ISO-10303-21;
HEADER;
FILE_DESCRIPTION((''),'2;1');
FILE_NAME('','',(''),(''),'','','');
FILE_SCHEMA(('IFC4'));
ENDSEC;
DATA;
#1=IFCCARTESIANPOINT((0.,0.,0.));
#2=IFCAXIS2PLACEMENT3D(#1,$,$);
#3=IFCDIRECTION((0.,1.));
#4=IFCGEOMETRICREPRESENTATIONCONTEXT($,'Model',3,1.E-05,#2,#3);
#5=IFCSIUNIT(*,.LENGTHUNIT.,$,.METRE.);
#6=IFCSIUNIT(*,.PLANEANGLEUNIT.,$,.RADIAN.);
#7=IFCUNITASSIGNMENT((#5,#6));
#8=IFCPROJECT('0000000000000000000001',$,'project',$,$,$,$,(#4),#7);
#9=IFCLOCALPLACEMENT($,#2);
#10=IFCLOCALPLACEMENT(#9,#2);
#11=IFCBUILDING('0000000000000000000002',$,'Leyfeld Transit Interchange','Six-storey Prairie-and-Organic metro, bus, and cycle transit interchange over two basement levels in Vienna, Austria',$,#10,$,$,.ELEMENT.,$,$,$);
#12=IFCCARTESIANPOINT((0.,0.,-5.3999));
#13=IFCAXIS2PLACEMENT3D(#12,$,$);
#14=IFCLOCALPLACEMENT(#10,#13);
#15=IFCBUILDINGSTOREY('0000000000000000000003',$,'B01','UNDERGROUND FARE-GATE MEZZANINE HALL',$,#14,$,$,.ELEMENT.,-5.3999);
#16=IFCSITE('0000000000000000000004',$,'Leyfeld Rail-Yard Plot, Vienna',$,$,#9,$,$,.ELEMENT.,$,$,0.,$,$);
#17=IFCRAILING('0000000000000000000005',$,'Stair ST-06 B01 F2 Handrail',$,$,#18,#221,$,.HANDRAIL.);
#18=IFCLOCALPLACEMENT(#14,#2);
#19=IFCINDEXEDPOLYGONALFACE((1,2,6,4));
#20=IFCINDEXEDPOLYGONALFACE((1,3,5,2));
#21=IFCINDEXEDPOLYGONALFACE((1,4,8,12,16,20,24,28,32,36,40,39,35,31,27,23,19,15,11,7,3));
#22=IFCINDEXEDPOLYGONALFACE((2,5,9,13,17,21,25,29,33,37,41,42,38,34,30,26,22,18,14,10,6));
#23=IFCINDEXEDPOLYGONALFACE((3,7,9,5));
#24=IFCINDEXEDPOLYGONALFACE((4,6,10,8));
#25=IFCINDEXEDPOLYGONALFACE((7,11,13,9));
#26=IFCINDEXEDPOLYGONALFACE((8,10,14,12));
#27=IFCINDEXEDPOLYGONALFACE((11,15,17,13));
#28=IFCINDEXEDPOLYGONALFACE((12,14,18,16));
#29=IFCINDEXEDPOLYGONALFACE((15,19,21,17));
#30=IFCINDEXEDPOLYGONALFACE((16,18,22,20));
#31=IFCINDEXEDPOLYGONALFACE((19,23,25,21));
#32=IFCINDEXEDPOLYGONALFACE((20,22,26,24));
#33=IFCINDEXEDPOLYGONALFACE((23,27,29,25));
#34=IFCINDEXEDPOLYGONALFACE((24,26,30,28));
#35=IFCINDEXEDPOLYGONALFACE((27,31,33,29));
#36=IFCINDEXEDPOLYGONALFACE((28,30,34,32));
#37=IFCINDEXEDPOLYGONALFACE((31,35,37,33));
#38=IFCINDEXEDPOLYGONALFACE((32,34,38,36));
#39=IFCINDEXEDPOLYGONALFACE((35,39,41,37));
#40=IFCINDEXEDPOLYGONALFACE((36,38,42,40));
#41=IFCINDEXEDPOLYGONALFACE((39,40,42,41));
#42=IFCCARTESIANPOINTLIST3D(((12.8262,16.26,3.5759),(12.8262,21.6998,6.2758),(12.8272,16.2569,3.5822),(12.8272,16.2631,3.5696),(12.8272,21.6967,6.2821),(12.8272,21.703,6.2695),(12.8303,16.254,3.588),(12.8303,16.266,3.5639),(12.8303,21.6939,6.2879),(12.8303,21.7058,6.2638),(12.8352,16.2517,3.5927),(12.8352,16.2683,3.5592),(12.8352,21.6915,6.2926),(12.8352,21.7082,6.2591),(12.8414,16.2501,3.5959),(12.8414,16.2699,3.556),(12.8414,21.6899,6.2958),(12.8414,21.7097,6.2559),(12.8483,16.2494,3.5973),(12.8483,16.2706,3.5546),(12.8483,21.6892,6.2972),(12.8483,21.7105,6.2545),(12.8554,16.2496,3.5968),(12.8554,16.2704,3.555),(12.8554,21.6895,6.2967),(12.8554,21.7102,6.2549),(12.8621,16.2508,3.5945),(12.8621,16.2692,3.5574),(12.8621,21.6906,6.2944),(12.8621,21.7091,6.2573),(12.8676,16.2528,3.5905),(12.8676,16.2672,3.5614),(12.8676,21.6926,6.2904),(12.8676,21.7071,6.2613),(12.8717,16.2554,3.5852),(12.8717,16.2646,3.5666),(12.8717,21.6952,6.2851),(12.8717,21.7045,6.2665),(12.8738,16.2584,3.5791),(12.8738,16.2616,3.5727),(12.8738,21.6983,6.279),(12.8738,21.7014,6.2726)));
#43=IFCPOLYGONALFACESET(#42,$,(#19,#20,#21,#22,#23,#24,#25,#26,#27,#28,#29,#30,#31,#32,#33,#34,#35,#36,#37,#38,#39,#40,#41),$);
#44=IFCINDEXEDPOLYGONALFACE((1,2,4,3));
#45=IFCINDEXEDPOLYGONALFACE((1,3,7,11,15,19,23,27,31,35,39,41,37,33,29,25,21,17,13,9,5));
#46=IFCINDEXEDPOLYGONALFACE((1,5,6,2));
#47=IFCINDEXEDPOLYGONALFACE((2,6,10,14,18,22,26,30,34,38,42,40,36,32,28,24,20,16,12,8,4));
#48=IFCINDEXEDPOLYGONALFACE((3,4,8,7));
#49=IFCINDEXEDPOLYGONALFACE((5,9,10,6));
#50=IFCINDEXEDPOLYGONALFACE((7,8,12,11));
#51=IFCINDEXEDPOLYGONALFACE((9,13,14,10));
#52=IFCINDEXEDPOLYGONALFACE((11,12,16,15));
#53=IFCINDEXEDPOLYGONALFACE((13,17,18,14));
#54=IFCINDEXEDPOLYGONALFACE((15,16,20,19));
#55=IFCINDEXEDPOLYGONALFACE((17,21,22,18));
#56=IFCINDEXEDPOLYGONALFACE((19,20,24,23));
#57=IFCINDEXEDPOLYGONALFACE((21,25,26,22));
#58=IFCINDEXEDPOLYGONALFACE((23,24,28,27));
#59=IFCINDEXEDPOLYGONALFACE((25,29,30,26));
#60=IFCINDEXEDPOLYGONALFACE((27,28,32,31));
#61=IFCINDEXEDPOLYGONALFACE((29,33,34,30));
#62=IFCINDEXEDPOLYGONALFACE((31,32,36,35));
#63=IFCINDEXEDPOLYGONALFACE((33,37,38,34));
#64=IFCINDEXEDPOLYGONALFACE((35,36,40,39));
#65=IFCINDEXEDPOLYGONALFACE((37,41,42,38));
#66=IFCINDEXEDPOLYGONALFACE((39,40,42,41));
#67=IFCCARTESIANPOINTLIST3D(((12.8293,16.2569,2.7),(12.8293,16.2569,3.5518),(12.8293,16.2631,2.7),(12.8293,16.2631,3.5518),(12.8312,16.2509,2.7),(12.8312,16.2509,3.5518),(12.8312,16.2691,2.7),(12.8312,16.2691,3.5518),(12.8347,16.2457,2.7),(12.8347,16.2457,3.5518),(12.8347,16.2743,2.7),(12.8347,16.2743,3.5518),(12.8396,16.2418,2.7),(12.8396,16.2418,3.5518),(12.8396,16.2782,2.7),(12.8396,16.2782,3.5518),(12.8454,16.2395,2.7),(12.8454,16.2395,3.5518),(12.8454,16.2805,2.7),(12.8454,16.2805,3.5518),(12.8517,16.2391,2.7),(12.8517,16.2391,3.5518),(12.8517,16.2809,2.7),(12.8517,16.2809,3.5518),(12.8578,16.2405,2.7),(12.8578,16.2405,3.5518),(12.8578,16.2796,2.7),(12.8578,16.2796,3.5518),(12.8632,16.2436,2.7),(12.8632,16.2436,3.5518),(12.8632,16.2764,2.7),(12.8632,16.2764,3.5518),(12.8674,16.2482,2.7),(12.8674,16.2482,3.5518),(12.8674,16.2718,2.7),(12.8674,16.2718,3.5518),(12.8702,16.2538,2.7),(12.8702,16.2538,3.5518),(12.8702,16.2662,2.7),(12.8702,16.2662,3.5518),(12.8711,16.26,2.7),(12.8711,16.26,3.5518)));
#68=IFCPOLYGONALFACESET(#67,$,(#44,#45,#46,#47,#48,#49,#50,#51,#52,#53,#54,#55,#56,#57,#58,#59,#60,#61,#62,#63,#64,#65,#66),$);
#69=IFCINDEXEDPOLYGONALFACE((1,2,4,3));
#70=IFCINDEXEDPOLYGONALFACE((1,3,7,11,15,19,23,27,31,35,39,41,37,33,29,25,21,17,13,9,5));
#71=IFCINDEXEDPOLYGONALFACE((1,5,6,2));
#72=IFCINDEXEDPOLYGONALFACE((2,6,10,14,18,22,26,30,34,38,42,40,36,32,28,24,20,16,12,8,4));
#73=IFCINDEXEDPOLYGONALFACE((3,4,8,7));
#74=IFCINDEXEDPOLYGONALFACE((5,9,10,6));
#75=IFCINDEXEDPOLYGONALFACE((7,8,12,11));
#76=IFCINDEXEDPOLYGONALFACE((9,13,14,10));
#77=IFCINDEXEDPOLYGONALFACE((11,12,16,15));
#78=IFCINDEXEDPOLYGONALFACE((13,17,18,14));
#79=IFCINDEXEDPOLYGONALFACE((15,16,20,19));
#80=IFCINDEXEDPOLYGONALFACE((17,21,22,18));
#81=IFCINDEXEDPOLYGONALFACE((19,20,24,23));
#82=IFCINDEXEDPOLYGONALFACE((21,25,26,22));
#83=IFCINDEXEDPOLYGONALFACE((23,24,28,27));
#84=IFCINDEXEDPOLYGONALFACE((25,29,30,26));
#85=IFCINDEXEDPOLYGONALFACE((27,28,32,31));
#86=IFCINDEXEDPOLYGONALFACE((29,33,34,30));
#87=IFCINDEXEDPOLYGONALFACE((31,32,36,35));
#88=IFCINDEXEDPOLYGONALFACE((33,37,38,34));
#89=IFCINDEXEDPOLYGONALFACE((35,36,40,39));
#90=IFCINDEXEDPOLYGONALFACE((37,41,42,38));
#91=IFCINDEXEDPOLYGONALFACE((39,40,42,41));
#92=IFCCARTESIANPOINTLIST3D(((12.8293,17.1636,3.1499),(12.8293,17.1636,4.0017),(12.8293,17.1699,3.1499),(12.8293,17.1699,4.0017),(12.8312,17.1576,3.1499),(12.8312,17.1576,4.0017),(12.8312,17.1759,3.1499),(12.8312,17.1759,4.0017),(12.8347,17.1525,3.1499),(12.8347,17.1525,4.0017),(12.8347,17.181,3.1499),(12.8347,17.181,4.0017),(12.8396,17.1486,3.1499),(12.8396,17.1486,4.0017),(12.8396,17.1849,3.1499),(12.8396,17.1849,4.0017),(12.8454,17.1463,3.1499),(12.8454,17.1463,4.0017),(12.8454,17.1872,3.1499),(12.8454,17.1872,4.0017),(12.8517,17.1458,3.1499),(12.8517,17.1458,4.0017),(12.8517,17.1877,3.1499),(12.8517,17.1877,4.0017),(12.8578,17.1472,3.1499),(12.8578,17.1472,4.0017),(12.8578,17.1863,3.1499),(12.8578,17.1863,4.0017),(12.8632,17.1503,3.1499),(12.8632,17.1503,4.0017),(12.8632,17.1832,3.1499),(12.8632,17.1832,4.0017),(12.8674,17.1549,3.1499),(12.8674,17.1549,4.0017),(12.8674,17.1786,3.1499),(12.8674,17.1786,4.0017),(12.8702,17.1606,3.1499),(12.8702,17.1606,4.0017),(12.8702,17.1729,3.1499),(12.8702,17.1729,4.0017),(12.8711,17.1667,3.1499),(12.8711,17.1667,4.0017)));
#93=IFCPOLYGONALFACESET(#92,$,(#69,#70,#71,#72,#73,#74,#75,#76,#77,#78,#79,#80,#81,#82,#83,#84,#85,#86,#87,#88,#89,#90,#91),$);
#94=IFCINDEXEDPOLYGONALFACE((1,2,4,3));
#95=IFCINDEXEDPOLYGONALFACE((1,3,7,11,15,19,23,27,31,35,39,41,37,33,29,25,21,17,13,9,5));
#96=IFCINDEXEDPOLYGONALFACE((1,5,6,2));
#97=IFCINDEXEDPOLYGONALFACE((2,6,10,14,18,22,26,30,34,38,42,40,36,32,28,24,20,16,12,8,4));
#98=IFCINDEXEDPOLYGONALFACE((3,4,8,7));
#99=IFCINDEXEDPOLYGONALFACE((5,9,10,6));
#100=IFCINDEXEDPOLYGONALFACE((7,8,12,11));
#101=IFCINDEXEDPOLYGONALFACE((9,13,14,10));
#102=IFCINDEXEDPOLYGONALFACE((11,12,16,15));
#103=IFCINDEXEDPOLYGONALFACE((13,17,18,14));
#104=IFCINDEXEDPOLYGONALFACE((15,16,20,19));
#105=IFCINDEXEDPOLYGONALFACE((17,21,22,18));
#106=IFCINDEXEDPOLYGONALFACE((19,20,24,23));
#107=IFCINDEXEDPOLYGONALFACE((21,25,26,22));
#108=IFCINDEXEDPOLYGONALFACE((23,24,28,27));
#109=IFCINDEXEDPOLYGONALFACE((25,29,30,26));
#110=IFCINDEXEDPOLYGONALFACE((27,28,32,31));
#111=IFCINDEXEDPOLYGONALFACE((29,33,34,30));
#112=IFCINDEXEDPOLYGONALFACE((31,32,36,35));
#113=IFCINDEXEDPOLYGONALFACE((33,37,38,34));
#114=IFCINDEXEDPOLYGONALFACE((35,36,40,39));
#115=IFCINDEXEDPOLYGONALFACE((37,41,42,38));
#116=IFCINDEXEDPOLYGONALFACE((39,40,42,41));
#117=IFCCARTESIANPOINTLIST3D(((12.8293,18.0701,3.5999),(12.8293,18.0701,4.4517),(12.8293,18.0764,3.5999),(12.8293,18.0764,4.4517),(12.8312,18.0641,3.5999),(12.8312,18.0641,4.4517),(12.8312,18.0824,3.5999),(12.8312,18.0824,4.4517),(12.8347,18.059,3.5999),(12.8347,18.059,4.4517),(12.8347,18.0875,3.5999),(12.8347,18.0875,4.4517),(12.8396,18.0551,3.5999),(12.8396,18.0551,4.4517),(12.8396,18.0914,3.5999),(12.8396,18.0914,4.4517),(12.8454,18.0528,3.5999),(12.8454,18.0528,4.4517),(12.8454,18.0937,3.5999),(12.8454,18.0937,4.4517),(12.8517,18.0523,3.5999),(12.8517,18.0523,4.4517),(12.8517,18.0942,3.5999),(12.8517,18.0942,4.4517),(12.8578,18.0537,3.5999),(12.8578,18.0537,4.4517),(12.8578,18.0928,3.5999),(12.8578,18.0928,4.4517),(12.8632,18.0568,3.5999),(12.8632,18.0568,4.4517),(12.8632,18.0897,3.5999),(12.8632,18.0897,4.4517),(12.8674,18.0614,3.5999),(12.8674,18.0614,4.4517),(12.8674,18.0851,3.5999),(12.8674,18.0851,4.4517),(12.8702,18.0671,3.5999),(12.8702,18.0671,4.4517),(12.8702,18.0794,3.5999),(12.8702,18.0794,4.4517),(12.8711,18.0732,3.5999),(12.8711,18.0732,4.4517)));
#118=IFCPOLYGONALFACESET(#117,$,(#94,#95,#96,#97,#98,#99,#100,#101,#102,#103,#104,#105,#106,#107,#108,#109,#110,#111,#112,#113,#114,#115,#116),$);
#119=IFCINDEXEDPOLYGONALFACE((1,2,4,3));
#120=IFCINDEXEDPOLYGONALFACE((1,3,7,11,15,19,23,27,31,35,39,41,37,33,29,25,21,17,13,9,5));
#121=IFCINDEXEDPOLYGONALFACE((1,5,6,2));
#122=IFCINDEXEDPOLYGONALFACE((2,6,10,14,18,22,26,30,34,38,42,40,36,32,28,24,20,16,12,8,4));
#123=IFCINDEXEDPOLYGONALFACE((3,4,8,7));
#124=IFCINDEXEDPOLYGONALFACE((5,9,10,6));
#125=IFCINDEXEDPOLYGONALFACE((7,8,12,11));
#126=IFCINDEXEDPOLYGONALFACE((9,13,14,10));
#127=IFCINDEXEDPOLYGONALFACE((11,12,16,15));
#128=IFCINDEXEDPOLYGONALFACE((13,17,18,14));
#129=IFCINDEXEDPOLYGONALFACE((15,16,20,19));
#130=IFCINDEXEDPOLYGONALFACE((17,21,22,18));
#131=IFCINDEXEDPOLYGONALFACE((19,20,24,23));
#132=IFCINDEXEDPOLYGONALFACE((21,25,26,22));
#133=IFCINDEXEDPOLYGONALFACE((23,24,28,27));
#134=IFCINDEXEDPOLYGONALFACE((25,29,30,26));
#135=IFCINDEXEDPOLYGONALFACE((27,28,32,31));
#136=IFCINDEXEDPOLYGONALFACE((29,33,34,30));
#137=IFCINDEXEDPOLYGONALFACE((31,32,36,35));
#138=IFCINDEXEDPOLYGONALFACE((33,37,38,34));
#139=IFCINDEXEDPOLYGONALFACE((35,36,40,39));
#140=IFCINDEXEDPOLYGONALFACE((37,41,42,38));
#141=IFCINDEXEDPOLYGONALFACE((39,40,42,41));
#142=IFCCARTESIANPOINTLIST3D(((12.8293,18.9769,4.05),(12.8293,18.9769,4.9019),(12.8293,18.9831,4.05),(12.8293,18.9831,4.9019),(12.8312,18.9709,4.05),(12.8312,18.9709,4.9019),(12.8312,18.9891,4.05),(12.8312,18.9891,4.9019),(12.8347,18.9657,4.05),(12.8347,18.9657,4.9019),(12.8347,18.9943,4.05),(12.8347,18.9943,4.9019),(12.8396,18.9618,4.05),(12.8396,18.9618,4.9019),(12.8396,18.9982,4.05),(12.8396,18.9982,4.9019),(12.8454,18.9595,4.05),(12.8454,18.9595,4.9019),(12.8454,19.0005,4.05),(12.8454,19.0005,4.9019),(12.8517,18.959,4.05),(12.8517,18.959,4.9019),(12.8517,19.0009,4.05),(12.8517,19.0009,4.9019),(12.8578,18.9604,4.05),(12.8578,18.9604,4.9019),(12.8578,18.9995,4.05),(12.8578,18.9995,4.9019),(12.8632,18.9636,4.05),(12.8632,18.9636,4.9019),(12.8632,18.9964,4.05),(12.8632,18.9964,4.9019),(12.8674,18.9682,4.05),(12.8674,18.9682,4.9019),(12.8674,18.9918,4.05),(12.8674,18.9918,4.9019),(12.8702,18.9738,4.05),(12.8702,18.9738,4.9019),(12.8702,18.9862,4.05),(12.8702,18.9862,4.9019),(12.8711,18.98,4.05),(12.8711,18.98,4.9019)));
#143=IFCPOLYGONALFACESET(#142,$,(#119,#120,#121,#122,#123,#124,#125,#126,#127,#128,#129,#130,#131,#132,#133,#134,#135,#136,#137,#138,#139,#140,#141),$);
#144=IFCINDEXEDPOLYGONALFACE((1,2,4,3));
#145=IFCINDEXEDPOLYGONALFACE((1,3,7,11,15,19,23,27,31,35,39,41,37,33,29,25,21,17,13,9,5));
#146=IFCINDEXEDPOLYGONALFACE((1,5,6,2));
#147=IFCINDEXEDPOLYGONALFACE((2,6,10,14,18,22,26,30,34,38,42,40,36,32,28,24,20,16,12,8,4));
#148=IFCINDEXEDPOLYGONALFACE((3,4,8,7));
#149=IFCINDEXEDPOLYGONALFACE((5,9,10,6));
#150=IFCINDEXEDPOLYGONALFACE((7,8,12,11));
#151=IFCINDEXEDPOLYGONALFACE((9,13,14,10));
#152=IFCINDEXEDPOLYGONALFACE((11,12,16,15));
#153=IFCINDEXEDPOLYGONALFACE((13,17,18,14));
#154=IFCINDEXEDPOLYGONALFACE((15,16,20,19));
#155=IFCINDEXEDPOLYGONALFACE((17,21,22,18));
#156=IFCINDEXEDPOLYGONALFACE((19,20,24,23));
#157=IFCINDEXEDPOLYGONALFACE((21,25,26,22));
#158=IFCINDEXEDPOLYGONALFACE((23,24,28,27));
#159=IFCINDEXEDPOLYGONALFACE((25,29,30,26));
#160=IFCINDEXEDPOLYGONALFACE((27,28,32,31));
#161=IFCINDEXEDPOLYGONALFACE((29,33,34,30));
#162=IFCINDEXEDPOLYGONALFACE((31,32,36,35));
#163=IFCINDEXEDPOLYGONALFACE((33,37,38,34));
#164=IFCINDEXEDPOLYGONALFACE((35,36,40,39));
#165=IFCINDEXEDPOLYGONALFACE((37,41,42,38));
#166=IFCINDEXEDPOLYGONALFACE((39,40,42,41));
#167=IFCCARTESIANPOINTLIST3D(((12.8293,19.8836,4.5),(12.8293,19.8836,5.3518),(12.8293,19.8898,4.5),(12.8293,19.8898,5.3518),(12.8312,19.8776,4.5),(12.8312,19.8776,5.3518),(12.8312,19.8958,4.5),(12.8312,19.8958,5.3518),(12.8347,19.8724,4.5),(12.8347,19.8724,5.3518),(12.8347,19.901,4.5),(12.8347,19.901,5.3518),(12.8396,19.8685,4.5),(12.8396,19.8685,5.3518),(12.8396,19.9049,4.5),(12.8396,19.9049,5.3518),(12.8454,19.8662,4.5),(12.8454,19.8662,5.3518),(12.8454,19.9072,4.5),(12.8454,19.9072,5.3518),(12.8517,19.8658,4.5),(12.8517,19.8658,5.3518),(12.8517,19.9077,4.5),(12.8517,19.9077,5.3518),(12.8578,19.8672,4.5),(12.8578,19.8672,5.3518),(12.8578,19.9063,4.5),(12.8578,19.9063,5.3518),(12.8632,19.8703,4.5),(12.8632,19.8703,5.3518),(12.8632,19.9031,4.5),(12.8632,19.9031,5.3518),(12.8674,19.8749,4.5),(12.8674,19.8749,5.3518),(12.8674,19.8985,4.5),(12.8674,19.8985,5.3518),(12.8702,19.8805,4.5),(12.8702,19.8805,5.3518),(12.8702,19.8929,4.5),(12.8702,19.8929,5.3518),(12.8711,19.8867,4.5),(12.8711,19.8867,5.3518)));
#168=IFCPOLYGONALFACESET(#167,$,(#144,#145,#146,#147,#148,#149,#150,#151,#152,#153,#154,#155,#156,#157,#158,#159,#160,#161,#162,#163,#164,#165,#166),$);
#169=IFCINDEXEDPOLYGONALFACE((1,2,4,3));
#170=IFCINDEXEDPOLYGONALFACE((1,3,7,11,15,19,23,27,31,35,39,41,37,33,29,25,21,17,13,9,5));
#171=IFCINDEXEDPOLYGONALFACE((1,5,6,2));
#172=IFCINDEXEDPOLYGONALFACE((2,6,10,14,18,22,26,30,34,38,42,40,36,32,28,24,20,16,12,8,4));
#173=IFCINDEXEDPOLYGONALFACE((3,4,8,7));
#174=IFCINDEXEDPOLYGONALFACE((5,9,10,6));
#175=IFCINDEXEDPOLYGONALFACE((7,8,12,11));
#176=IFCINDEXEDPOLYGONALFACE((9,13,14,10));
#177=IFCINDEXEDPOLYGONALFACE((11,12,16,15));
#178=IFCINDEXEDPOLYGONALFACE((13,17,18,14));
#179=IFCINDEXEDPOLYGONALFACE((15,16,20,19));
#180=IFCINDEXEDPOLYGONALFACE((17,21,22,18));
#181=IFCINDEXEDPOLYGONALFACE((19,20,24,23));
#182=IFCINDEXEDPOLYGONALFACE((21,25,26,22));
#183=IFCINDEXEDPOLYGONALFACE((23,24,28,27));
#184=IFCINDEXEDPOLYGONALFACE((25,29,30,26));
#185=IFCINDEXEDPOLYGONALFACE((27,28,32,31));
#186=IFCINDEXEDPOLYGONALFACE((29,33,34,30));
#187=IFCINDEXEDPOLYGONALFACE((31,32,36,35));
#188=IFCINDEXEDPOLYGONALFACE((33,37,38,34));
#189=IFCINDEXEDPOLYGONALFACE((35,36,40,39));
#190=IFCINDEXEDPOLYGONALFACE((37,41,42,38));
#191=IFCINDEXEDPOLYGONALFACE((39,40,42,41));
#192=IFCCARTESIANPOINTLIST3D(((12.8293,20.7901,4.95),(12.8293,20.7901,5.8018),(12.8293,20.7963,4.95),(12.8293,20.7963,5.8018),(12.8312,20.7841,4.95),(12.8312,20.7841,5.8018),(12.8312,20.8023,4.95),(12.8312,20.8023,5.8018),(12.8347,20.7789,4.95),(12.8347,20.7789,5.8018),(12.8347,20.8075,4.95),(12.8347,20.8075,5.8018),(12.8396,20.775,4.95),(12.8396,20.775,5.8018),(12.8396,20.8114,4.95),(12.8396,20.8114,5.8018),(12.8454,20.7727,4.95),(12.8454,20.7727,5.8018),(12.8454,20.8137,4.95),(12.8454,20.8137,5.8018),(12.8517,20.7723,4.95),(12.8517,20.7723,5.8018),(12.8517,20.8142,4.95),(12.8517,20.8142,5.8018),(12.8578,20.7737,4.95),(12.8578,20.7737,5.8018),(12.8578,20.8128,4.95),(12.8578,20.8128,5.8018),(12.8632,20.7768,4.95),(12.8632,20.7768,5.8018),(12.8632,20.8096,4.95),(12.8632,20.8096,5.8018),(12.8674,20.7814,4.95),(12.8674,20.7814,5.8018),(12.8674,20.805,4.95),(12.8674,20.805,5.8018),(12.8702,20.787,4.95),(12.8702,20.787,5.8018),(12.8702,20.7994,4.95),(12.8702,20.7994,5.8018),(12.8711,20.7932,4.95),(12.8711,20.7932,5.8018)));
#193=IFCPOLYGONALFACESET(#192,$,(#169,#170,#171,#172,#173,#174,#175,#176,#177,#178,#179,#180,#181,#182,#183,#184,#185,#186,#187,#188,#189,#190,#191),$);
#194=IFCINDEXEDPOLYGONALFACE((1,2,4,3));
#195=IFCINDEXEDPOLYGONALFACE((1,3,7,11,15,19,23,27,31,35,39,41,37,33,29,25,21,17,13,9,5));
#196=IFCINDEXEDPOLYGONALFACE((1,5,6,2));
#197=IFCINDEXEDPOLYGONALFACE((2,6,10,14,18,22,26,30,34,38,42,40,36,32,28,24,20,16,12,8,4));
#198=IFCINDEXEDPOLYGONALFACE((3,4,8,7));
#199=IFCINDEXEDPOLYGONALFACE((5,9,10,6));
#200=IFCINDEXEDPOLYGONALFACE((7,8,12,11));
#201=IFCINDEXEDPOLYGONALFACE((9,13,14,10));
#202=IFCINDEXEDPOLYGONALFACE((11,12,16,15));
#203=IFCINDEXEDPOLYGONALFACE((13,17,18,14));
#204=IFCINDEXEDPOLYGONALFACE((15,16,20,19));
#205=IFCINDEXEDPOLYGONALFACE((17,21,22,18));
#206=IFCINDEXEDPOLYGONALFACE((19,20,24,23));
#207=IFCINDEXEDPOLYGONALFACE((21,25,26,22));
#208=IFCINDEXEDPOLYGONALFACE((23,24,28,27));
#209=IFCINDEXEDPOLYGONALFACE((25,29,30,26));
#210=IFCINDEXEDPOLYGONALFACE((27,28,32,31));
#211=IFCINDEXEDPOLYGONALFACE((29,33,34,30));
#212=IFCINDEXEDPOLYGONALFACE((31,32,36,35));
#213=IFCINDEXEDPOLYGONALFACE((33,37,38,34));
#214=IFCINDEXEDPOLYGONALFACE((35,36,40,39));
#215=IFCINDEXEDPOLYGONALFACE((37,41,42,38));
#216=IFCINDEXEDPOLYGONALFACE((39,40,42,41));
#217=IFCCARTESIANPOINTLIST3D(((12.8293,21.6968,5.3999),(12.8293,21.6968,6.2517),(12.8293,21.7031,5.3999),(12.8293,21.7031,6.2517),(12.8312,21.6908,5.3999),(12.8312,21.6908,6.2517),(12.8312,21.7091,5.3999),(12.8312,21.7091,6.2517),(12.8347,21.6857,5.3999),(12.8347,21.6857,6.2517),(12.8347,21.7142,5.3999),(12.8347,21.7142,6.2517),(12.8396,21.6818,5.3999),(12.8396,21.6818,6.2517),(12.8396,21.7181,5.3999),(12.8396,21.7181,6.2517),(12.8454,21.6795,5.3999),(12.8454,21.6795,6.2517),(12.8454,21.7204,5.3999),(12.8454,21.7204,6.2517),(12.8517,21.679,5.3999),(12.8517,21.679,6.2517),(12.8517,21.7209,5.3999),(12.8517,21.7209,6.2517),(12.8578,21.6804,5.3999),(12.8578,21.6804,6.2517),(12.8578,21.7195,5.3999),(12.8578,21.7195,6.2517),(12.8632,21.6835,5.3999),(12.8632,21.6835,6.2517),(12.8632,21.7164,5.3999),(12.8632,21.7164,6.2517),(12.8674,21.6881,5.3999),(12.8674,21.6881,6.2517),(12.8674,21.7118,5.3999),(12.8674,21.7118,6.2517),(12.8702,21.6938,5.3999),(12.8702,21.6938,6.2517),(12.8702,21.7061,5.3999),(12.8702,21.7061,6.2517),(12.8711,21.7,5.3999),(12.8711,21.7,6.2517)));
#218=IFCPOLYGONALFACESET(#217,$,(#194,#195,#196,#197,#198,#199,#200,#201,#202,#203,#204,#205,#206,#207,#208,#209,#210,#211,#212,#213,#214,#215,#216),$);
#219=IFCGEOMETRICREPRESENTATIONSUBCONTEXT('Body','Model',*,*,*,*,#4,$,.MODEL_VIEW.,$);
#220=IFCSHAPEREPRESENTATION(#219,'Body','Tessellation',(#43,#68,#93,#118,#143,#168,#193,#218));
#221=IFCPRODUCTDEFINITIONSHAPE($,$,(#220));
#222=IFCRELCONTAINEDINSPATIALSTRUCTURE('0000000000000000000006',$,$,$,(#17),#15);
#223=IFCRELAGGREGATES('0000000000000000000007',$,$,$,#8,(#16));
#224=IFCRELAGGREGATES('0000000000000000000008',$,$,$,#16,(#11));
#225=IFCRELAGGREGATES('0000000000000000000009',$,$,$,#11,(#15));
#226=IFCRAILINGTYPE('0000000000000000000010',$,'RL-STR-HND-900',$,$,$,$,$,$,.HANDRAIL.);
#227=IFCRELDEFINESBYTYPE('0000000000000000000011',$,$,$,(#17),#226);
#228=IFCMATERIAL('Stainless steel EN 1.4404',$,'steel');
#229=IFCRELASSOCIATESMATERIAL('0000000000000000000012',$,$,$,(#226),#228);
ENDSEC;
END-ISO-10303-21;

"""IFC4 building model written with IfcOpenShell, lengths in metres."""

from ifc_helpers import new_model, si_unit, direction, frame, origin, origin_2d, place, context, subcontext, project, spatial, circle, extrude, material, type_object, element, save


model = new_model("IFC4")

# Units and contexts
model_context = context("Model", 3, precision=1e-05, world=origin(), true_north=direction((0.0, 1.0)))
body_context = subcontext(model_context, "Body", "Model", "MODEL_VIEW")
ifc_project = project(units=[si_unit("LENGTHUNIT", "METRE"), si_unit("PLANEANGLEUNIT", "RADIAN")], contexts=[model_context])

# Site, building, storey
site_placement = place(None, origin())
site = spatial("IfcSite", under=ifc_project, at=site_placement, Name="Leyfeld Rail-Yard Plot, Vienna", CompositionType="ELEMENT", RefElevation=0.0)
building_placement = place(site_placement, origin())
building = spatial("IfcBuilding", under=site, at=building_placement, Name="Leyfeld Transit Interchange", Description="Six-storey Prairie-and-Organic metro, bus, and cycle transit interchange over two basement levels in Vienna, Austria", CompositionType="ELEMENT")
storey_placement = place(building_placement, frame((0.0, 0.0, -5.3999)))
storey = spatial("IfcBuildingStorey", under=building, at=storey_placement, Name="B01", Description="UNDERGROUND FARE-GATE MEZZANINE HALL", CompositionType="ELEMENT", Elevation=-5.3999)

# Railing
ifc_material_1 = material(Name="Stainless steel EN 1.4404", Category="steel")
railing_type_1 = type_object("IfcRailingType", Name="RL-STR-HND-900", PredefinedType="HANDRAIL", material=ifc_material_1)
railing_1_placement = place(storey_placement, frame((12.8501, 16.26, 2.7)))
element("IfcRailing", 1, at=railing_1_placement, inside=storey, type_object=railing_type_1, Name="Stair ST-06 B01 F2 Handrail", PredefinedType="HANDRAIL", context=body_context, shape_type="SweptSolid", body=[
    extrude(circle(Radius=0.0239, at=origin_2d()), frame((0.0, 0.0, 0.876), z_axis=(0.0, 0.895742, 0.444575), x_axis=(-1.0, 0.0, 0.0)), (0.0, 0.0, 1.0), 6.073),
    extrude(circle(Radius=0.021, at=origin_2d()), origin(), (0.0, 0.0, 1.0), 0.8518),
    extrude(circle(Radius=0.021, at=origin_2d()), frame((0.0, 0.9067, 0.45)), (0.0, 0.0, 1.0), 0.8518),
    extrude(circle(Radius=0.021, at=origin_2d()), frame((0.0, 1.8132, 0.8999)), (0.0, 0.0, 1.0), 0.8518),
    extrude(circle(Radius=0.021, at=origin_2d()), frame((0.0, 2.72, 1.3501)), (0.0, 0.0, 1.0), 0.8518),
    extrude(circle(Radius=0.021, at=origin_2d()), frame((0.0, 3.6267, 1.8)), (0.0, 0.0, 1.0), 0.8518),
    extrude(circle(Radius=0.021, at=origin_2d()), frame((0.0, 4.5332, 2.25)), (0.0, 0.0, 1.0), 0.8518),
    extrude(circle(Radius=0.021, at=origin_2d()), frame((0.0, 5.4399, 2.7)), (0.0, 0.0, 1.0), 0.8518),
])

save(model, "model.ifc")
